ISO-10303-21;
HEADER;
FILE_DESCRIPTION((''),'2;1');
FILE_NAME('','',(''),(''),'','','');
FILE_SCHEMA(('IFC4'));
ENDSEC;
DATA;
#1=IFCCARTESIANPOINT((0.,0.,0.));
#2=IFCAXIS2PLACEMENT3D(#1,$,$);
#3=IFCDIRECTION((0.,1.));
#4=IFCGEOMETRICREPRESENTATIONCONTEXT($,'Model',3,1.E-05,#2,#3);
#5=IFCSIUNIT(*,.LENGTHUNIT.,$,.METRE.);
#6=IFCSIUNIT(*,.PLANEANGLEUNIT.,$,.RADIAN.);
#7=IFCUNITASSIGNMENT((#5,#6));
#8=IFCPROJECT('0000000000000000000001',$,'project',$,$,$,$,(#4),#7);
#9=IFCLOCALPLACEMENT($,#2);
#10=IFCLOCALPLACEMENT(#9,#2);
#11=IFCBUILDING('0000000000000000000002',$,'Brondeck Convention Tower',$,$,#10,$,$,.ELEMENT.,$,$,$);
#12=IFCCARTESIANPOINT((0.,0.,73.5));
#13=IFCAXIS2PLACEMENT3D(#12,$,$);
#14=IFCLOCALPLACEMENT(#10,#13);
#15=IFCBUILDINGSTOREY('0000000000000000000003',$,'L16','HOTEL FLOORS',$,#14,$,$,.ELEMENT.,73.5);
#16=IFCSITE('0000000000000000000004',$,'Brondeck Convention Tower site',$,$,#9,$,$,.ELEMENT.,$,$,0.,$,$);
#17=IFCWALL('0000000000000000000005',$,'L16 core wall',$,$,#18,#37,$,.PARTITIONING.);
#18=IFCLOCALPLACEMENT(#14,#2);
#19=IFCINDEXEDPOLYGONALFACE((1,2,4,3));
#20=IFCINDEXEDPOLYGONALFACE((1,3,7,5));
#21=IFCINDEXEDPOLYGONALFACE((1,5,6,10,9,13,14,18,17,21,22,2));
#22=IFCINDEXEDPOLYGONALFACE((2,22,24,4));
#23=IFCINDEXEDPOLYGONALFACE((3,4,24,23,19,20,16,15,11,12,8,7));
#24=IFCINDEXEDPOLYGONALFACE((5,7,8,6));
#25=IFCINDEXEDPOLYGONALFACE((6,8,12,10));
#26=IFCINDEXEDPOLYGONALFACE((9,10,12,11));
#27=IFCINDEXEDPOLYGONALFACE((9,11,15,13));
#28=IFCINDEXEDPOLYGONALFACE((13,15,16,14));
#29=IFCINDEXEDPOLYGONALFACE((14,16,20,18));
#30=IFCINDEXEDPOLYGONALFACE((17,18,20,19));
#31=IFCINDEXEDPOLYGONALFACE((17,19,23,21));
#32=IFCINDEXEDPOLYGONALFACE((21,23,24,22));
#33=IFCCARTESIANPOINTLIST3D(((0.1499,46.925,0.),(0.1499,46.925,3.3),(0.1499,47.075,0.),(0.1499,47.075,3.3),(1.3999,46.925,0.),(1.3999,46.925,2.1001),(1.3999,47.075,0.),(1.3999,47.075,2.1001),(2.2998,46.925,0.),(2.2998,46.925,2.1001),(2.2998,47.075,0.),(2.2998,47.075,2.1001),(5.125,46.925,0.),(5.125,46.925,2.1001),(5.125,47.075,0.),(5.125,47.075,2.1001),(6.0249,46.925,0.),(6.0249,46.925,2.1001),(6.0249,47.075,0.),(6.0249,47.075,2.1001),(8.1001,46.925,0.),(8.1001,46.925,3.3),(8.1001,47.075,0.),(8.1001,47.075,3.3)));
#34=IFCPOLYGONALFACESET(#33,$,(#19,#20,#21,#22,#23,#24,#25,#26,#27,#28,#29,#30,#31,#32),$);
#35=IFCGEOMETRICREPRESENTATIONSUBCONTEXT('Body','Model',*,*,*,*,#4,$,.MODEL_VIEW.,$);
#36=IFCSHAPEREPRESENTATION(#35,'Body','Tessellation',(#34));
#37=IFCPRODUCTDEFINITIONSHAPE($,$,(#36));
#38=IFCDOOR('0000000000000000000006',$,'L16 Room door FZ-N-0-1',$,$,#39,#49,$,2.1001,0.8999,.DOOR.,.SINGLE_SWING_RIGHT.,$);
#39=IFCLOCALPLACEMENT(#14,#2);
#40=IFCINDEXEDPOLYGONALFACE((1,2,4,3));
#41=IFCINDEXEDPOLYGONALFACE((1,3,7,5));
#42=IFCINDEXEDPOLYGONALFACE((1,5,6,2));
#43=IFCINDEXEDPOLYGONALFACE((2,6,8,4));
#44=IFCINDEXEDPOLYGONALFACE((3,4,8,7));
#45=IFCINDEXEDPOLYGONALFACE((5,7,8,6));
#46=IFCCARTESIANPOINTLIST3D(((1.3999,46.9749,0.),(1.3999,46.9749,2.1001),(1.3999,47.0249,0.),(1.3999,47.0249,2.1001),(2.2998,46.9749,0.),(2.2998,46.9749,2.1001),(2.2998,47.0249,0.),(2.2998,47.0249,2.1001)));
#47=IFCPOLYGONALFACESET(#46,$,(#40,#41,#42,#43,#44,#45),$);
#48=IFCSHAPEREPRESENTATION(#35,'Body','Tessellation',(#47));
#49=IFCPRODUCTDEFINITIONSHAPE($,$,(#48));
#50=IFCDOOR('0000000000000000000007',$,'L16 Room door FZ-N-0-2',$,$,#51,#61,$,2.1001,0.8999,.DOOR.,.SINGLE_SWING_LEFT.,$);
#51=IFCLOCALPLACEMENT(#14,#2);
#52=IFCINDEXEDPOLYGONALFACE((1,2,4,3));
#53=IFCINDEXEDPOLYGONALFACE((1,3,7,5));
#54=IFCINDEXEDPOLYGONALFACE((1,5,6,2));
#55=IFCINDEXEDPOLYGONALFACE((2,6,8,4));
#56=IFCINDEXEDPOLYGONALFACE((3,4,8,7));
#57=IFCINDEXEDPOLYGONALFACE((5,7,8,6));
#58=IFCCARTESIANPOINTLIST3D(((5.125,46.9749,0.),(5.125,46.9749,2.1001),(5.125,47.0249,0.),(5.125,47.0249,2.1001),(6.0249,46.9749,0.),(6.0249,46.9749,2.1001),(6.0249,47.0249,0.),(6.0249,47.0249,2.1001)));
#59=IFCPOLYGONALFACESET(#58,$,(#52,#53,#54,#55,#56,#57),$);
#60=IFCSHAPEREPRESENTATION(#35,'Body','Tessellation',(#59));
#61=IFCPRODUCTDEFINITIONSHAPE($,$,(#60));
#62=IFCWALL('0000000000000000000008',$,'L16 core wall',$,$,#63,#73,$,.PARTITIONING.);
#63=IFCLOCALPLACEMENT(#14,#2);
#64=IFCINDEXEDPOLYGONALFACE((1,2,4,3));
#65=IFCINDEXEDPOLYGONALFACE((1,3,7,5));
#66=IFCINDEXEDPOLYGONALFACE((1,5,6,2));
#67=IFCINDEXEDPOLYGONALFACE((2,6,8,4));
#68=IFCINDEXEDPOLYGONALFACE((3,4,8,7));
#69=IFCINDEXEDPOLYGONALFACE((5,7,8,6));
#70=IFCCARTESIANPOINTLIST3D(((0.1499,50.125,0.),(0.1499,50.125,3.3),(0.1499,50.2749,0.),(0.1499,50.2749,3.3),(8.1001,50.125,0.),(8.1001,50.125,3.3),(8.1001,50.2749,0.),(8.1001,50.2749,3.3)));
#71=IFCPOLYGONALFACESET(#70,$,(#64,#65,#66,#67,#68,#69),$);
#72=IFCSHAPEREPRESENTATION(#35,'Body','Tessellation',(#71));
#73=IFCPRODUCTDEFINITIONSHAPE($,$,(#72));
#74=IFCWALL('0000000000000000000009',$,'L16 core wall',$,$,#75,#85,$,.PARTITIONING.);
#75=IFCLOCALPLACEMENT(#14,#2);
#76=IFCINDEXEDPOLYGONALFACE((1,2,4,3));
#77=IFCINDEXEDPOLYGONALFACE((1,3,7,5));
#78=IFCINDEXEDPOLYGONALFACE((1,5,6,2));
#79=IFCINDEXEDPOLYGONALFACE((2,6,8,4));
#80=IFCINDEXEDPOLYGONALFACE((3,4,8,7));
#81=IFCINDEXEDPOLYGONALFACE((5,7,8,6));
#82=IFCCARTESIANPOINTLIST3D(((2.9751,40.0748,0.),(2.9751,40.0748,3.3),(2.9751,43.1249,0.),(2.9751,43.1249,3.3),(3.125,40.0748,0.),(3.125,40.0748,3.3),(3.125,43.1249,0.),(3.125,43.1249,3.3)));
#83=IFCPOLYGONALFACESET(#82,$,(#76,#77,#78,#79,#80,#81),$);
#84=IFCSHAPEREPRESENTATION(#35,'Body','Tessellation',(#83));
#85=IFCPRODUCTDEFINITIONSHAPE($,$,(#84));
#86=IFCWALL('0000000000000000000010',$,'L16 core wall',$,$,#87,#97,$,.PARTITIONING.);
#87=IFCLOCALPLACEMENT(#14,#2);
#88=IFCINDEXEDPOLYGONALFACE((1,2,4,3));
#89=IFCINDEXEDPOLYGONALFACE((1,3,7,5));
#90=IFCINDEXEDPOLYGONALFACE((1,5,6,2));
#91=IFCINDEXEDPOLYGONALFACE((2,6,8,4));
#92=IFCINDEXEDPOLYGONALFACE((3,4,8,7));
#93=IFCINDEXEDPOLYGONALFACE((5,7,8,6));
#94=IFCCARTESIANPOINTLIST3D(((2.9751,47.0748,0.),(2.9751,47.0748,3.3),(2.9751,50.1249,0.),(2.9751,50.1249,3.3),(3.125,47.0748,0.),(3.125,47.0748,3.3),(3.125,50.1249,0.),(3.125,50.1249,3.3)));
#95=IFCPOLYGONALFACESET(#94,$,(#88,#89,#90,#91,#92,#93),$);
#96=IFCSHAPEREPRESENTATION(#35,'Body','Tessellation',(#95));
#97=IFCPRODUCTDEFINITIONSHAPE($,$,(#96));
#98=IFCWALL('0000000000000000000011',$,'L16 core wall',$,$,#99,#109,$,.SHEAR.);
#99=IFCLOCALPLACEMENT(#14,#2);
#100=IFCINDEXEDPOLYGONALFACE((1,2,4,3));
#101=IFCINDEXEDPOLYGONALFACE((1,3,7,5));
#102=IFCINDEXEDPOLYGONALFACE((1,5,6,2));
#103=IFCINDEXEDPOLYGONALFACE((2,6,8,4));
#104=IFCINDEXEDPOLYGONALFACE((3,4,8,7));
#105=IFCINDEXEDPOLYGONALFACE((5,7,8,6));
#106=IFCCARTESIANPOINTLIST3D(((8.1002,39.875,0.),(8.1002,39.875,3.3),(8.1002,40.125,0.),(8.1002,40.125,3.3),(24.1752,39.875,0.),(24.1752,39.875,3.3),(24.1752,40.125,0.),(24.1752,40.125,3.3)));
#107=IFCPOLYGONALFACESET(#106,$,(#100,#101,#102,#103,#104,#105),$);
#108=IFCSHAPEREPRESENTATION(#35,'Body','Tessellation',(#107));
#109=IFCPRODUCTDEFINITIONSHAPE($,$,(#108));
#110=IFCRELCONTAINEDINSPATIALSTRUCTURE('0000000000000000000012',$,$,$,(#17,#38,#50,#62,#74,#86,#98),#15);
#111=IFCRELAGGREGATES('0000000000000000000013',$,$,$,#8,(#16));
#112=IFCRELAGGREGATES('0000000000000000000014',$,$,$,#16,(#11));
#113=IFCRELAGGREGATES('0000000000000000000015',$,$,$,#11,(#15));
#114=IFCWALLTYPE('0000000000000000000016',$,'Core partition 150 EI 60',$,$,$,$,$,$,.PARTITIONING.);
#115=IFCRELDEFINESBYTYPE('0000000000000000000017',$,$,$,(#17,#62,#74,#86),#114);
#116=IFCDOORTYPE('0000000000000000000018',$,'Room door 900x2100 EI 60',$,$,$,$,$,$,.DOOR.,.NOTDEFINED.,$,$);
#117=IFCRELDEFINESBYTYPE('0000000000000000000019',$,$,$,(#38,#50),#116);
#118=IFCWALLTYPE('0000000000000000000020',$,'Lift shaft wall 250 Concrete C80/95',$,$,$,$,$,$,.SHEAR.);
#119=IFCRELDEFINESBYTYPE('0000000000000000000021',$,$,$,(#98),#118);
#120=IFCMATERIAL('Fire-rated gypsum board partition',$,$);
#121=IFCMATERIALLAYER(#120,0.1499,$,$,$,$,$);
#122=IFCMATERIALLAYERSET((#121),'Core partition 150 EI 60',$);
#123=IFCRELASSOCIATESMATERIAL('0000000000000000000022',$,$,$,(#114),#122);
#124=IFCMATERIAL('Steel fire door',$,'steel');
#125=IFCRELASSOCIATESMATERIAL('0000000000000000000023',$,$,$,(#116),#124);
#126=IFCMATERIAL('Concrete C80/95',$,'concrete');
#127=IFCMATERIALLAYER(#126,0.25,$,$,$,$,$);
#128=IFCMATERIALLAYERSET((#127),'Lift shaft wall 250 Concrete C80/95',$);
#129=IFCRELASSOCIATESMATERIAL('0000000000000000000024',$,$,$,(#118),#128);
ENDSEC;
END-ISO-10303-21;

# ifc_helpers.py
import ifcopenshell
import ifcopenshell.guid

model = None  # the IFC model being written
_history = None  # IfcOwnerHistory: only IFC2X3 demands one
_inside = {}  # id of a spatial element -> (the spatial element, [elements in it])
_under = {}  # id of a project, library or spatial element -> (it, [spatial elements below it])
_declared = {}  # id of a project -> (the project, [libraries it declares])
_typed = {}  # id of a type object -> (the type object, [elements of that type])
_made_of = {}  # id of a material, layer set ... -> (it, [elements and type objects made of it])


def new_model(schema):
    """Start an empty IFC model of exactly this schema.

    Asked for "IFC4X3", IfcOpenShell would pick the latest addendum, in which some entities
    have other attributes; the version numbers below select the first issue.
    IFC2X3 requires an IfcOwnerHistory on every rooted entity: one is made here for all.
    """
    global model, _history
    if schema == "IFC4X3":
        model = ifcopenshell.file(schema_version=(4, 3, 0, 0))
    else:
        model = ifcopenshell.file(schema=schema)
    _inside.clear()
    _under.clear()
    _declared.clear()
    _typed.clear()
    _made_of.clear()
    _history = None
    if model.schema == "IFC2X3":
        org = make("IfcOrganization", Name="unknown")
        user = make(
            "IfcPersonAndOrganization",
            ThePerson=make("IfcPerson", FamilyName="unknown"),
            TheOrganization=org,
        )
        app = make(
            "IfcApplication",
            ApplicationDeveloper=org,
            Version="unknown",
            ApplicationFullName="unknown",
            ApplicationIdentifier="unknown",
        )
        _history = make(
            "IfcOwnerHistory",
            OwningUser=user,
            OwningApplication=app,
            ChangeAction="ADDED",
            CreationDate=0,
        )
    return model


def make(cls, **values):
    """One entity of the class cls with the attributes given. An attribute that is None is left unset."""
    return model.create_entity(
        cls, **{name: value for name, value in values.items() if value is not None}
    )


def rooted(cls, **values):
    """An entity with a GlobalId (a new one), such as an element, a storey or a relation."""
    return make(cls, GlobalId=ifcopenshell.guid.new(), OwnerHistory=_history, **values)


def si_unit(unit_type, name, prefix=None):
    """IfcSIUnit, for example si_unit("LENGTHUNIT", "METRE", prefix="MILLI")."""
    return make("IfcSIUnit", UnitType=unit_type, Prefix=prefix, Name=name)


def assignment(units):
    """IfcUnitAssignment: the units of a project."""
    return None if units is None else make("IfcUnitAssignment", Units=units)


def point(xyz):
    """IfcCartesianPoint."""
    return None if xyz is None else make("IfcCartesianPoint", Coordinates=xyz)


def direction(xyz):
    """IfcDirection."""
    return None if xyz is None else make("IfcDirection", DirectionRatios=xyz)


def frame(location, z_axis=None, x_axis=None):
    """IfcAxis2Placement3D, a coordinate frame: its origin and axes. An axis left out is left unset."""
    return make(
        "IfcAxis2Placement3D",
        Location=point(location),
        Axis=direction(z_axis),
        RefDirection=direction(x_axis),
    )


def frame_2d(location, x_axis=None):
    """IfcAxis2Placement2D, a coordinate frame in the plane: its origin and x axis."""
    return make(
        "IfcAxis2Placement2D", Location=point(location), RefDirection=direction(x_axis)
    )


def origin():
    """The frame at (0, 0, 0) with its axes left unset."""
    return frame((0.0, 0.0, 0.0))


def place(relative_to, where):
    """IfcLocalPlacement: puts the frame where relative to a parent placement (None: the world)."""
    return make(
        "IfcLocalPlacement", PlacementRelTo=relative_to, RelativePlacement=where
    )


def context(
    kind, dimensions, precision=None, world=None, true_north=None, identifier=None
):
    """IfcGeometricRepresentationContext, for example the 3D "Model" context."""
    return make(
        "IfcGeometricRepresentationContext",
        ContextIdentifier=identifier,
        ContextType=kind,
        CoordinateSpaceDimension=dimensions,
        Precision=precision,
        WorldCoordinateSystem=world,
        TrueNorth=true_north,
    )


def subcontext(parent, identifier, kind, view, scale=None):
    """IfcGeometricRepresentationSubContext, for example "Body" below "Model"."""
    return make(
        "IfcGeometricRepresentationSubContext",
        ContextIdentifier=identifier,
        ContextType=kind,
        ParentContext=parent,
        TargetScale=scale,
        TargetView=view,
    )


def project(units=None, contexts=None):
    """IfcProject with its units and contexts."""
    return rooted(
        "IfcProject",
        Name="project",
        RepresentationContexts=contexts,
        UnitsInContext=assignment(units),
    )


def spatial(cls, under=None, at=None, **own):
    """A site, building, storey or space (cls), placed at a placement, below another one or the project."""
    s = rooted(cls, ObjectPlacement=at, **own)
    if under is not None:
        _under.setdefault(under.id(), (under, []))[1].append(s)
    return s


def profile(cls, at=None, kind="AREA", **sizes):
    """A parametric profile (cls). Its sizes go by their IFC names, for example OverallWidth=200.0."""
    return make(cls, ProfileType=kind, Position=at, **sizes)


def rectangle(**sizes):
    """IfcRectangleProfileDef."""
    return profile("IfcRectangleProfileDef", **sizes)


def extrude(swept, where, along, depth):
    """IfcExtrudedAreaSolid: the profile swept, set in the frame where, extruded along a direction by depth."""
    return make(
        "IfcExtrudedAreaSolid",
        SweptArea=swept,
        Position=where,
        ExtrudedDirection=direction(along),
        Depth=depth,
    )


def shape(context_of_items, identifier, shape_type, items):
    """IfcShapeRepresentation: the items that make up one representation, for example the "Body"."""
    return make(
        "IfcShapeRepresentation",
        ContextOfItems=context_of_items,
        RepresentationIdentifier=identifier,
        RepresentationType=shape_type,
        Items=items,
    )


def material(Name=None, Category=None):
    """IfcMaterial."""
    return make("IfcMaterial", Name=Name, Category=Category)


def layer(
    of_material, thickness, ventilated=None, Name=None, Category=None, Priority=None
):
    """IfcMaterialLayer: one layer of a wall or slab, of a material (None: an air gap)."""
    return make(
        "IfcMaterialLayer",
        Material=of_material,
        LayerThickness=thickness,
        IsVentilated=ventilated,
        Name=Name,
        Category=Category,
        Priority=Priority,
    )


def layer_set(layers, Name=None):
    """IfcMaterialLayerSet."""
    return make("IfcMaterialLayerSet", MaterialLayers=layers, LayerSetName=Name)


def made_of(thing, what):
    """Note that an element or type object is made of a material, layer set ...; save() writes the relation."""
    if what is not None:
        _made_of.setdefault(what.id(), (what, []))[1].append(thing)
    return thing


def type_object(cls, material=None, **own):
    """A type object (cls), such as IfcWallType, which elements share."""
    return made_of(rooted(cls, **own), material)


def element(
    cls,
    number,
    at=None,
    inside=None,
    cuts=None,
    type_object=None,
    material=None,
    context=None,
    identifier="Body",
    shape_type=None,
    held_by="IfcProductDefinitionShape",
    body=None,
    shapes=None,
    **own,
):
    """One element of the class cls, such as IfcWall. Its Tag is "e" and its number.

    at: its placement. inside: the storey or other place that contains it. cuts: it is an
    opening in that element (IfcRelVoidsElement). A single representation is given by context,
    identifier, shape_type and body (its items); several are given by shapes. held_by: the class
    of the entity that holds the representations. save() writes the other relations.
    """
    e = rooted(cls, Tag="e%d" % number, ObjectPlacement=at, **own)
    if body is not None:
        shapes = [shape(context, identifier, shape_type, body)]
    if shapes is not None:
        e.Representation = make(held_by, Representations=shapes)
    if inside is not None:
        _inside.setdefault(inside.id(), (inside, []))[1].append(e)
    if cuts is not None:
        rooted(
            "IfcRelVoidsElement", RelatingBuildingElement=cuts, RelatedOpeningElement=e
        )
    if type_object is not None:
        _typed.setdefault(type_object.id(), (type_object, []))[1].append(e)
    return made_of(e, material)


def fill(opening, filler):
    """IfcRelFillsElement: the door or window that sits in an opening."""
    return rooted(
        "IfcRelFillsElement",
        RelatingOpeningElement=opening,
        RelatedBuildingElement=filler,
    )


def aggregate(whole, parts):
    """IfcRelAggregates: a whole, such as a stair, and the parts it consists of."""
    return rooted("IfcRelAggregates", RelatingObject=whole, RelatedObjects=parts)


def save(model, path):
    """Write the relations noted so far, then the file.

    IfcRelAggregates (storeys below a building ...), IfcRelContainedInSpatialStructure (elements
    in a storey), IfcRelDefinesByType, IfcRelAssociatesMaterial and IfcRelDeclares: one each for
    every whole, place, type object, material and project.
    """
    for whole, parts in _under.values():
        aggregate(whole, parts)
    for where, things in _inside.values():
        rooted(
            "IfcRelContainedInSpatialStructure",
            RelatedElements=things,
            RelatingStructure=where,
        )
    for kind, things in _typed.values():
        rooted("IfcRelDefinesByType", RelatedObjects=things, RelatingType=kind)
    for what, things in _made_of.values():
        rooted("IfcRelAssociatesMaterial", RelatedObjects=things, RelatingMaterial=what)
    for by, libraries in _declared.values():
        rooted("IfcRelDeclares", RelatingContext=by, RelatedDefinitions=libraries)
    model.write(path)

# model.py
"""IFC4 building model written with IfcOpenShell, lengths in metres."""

from ifc_helpers import new_model, si_unit, direction, frame, frame_2d, origin, place, context, subcontext, project, spatial, rectangle, extrude, material, layer, layer_set, type_object, element, fill, save


model = new_model("IFC4")

# Units and contexts
model_context = context("Model", 3, precision=1e-05, world=origin(), true_north=direction((0.0, 1.0)))
body_context = subcontext(model_context, "Body", "Model", "MODEL_VIEW")
ifc_project = project(units=[si_unit("LENGTHUNIT", "METRE"), si_unit("PLANEANGLEUNIT", "RADIAN")], contexts=[model_context])

# Site, building, storey
site_placement = place(None, origin())
site = spatial("IfcSite", under=ifc_project, at=site_placement, Name="Brondeck Convention Tower site", CompositionType="ELEMENT", RefElevation=0.0)
building_placement = place(site_placement, origin())
building = spatial("IfcBuilding", under=site, at=building_placement, Name="Brondeck Convention Tower", CompositionType="ELEMENT")
storey_placement = place(building_placement, frame((0.0, 0.0, 73.5)))
storey = spatial("IfcBuildingStorey", under=building, at=storey_placement, Name="L16", Description="HOTEL FLOORS", CompositionType="ELEMENT", Elevation=73.5)

# Shared definitions
ifc_material_1 = material(Name="Concrete C80/95", Category="concrete")

# Shared definitions
ifc_material_2 = material(Name="Fire-rated gypsum board partition")
ifc_layer_1 = layer(ifc_material_2, 0.1499)
ifc_layer_set_1 = layer_set([ifc_layer_1], Name="Core partition 150 EI 60")
wall_type_1 = type_object("IfcWallType", Name="Core partition 150 EI 60", PredefinedType="PARTITIONING", material=ifc_layer_set_1)

# Wall, openings, doors
ifc_material_3 = material(Name="Steel fire door", Category="steel")
door_type = type_object("IfcDoorType", Name="Room door 900x2100 EI 60", OperationType="NOTDEFINED", PredefinedType="DOOR", material=ifc_material_3)
wall_1_placement = place(storey_placement, frame((0.1499, 47.0, 0.0), z_axis=(0.0, 0.0, 1.0), x_axis=(1.0, 0.0, 0.0)))
wall_1 = element("IfcWall", 1, at=wall_1_placement, inside=storey, type_object=wall_type_1, Name="L16 core wall", PredefinedType="PARTITIONING", context=body_context, shape_type="SweptSolid", body=[
    extrude(rectangle(XDim=7.9502, YDim=0.1499, at=frame_2d((3.9751, 0.0))), origin(), (0.0, 0.0, 1.0), 3.3),
])
opening_1_placement = place(wall_1_placement, frame((1.25, 0.0, 0.0)))
opening_1 = element("IfcOpeningElement", 2, at=opening_1_placement, cuts=wall_1, PredefinedType="OPENING", context=body_context, shape_type="SweptSolid", body=[
    extrude(rectangle(XDim=0.8999, YDim=2.1001, at=frame_2d((0.45, 1.05))), frame((0.0, 0.085, 0.0), z_axis=(0.0, -1.0, 0.0), x_axis=(1.0, 0.0, 0.0)), (0.0, 0.0, 1.0), 0.1699),
])
opening_2_placement = place(wall_1_placement, frame((4.9751, 0.0, 0.0)))
opening_2 = element("IfcOpeningElement", 3, at=opening_2_placement, cuts=wall_1, PredefinedType="OPENING", context=body_context, shape_type="SweptSolid", body=[
    extrude(rectangle(XDim=0.8999, YDim=2.1001, at=frame_2d((0.45, 1.05))), frame((0.0, 0.085, 0.0), z_axis=(0.0, -1.0, 0.0), x_axis=(1.0, 0.0, 0.0)), (0.0, 0.0, 1.0), 0.1699),
])
door_1_placement = place(opening_1_placement, origin())
door_1 = element("IfcDoor", 4, at=door_1_placement, inside=storey, type_object=door_type, Name="L16 Room door FZ-N-0-1", OperationType="SINGLE_SWING_RIGHT", OverallHeight=2.1001, OverallWidth=0.8999, PredefinedType="DOOR", context=body_context, shape_type="SweptSolid", body=[
    extrude(rectangle(XDim=0.8999, YDim=2.1001, at=frame_2d((0.45, 1.05))), frame((0.0, 0.0249, 0.0), z_axis=(0.0, -1.0, 0.0), x_axis=(1.0, 0.0, 0.0)), (0.0, 0.0, 1.0), 0.05),
])
fill(opening_1, door_1)
door_2_placement = place(opening_2_placement, origin())
door_2 = element("IfcDoor", 5, at=door_2_placement, inside=storey, type_object=door_type, Name="L16 Room door FZ-N-0-2", OperationType="SINGLE_SWING_LEFT", OverallHeight=2.1001, OverallWidth=0.8999, PredefinedType="DOOR", context=body_context, shape_type="SweptSolid", body=[
    extrude(rectangle(XDim=0.8999, YDim=2.1001, at=frame_2d((0.45, 1.05))), frame((0.0, 0.0249, 0.0), z_axis=(0.0, -1.0, 0.0), x_axis=(1.0, 0.0, 0.0)), (0.0, 0.0, 1.0), 0.05),
])
fill(opening_2, door_2)

# Walls
wall_2_placement = place(storey_placement, frame((0.1499, 50.2, 0.0), z_axis=(0.0, 0.0, 1.0), x_axis=(1.0, 0.0, 0.0)))
element("IfcWall", 6, at=wall_2_placement, inside=storey, type_object=wall_type_1, Name="L16 core wall", PredefinedType="PARTITIONING", context=body_context, shape_type="SweptSolid", body=[
    extrude(rectangle(XDim=7.9502, YDim=0.1499, at=frame_2d((3.9751, 0.0))), origin(), (0.0, 0.0, 1.0), 3.3),
])
for number, where, z_axis, x_axis, name in (
    (7, (3.05, 40.075, 0.0), (0.0, 0.0, 1.0), (0.0, 1.0, 0.0), "L16 core wall"),
    (8, (3.05, 47.075, 0.0), (0.0, 0.0, 1.0), (0.0, 1.0, 0.0), "L16 core wall"),
):
    element("IfcWall", number, at=place(storey_placement, frame(where, z_axis=z_axis, x_axis=x_axis)), inside=storey, type_object=wall_type_1, Name=name, PredefinedType="PARTITIONING", context=body_context, shape_type="SweptSolid", body=[
        extrude(rectangle(XDim=3.05, YDim=0.1499, at=frame_2d((1.5249, 0.0))), origin(), (0.0, 0.0, 1.0), 3.3),
    ])
ifc_layer_2 = layer(ifc_material_1, 0.25)
ifc_layer_set_2 = layer_set([ifc_layer_2], Name="Lift shaft wall 250 Concrete C80/95")
wall_type_2 = type_object("IfcWallType", Name="Lift shaft wall 250 Concrete C80/95", PredefinedType="SHEAR", material=ifc_layer_set_2)
wall_3_placement = place(storey_placement, frame((8.1001, 40.0, 0.0), z_axis=(0.0, 0.0, 1.0), x_axis=(1.0, 0.0, 0.0)))
element("IfcWall", 9, at=wall_3_placement, inside=storey, type_object=wall_type_2, Name="L16 core wall", PredefinedType="SHEAR", context=body_context, shape_type="SweptSolid", body=[
    extrude(rectangle(XDim=16.075, YDim=0.25, at=frame_2d((8.0376, 0.0))), origin(), (0.0, 0.0, 1.0), 3.3),
])

save(model, "model.ifc")
